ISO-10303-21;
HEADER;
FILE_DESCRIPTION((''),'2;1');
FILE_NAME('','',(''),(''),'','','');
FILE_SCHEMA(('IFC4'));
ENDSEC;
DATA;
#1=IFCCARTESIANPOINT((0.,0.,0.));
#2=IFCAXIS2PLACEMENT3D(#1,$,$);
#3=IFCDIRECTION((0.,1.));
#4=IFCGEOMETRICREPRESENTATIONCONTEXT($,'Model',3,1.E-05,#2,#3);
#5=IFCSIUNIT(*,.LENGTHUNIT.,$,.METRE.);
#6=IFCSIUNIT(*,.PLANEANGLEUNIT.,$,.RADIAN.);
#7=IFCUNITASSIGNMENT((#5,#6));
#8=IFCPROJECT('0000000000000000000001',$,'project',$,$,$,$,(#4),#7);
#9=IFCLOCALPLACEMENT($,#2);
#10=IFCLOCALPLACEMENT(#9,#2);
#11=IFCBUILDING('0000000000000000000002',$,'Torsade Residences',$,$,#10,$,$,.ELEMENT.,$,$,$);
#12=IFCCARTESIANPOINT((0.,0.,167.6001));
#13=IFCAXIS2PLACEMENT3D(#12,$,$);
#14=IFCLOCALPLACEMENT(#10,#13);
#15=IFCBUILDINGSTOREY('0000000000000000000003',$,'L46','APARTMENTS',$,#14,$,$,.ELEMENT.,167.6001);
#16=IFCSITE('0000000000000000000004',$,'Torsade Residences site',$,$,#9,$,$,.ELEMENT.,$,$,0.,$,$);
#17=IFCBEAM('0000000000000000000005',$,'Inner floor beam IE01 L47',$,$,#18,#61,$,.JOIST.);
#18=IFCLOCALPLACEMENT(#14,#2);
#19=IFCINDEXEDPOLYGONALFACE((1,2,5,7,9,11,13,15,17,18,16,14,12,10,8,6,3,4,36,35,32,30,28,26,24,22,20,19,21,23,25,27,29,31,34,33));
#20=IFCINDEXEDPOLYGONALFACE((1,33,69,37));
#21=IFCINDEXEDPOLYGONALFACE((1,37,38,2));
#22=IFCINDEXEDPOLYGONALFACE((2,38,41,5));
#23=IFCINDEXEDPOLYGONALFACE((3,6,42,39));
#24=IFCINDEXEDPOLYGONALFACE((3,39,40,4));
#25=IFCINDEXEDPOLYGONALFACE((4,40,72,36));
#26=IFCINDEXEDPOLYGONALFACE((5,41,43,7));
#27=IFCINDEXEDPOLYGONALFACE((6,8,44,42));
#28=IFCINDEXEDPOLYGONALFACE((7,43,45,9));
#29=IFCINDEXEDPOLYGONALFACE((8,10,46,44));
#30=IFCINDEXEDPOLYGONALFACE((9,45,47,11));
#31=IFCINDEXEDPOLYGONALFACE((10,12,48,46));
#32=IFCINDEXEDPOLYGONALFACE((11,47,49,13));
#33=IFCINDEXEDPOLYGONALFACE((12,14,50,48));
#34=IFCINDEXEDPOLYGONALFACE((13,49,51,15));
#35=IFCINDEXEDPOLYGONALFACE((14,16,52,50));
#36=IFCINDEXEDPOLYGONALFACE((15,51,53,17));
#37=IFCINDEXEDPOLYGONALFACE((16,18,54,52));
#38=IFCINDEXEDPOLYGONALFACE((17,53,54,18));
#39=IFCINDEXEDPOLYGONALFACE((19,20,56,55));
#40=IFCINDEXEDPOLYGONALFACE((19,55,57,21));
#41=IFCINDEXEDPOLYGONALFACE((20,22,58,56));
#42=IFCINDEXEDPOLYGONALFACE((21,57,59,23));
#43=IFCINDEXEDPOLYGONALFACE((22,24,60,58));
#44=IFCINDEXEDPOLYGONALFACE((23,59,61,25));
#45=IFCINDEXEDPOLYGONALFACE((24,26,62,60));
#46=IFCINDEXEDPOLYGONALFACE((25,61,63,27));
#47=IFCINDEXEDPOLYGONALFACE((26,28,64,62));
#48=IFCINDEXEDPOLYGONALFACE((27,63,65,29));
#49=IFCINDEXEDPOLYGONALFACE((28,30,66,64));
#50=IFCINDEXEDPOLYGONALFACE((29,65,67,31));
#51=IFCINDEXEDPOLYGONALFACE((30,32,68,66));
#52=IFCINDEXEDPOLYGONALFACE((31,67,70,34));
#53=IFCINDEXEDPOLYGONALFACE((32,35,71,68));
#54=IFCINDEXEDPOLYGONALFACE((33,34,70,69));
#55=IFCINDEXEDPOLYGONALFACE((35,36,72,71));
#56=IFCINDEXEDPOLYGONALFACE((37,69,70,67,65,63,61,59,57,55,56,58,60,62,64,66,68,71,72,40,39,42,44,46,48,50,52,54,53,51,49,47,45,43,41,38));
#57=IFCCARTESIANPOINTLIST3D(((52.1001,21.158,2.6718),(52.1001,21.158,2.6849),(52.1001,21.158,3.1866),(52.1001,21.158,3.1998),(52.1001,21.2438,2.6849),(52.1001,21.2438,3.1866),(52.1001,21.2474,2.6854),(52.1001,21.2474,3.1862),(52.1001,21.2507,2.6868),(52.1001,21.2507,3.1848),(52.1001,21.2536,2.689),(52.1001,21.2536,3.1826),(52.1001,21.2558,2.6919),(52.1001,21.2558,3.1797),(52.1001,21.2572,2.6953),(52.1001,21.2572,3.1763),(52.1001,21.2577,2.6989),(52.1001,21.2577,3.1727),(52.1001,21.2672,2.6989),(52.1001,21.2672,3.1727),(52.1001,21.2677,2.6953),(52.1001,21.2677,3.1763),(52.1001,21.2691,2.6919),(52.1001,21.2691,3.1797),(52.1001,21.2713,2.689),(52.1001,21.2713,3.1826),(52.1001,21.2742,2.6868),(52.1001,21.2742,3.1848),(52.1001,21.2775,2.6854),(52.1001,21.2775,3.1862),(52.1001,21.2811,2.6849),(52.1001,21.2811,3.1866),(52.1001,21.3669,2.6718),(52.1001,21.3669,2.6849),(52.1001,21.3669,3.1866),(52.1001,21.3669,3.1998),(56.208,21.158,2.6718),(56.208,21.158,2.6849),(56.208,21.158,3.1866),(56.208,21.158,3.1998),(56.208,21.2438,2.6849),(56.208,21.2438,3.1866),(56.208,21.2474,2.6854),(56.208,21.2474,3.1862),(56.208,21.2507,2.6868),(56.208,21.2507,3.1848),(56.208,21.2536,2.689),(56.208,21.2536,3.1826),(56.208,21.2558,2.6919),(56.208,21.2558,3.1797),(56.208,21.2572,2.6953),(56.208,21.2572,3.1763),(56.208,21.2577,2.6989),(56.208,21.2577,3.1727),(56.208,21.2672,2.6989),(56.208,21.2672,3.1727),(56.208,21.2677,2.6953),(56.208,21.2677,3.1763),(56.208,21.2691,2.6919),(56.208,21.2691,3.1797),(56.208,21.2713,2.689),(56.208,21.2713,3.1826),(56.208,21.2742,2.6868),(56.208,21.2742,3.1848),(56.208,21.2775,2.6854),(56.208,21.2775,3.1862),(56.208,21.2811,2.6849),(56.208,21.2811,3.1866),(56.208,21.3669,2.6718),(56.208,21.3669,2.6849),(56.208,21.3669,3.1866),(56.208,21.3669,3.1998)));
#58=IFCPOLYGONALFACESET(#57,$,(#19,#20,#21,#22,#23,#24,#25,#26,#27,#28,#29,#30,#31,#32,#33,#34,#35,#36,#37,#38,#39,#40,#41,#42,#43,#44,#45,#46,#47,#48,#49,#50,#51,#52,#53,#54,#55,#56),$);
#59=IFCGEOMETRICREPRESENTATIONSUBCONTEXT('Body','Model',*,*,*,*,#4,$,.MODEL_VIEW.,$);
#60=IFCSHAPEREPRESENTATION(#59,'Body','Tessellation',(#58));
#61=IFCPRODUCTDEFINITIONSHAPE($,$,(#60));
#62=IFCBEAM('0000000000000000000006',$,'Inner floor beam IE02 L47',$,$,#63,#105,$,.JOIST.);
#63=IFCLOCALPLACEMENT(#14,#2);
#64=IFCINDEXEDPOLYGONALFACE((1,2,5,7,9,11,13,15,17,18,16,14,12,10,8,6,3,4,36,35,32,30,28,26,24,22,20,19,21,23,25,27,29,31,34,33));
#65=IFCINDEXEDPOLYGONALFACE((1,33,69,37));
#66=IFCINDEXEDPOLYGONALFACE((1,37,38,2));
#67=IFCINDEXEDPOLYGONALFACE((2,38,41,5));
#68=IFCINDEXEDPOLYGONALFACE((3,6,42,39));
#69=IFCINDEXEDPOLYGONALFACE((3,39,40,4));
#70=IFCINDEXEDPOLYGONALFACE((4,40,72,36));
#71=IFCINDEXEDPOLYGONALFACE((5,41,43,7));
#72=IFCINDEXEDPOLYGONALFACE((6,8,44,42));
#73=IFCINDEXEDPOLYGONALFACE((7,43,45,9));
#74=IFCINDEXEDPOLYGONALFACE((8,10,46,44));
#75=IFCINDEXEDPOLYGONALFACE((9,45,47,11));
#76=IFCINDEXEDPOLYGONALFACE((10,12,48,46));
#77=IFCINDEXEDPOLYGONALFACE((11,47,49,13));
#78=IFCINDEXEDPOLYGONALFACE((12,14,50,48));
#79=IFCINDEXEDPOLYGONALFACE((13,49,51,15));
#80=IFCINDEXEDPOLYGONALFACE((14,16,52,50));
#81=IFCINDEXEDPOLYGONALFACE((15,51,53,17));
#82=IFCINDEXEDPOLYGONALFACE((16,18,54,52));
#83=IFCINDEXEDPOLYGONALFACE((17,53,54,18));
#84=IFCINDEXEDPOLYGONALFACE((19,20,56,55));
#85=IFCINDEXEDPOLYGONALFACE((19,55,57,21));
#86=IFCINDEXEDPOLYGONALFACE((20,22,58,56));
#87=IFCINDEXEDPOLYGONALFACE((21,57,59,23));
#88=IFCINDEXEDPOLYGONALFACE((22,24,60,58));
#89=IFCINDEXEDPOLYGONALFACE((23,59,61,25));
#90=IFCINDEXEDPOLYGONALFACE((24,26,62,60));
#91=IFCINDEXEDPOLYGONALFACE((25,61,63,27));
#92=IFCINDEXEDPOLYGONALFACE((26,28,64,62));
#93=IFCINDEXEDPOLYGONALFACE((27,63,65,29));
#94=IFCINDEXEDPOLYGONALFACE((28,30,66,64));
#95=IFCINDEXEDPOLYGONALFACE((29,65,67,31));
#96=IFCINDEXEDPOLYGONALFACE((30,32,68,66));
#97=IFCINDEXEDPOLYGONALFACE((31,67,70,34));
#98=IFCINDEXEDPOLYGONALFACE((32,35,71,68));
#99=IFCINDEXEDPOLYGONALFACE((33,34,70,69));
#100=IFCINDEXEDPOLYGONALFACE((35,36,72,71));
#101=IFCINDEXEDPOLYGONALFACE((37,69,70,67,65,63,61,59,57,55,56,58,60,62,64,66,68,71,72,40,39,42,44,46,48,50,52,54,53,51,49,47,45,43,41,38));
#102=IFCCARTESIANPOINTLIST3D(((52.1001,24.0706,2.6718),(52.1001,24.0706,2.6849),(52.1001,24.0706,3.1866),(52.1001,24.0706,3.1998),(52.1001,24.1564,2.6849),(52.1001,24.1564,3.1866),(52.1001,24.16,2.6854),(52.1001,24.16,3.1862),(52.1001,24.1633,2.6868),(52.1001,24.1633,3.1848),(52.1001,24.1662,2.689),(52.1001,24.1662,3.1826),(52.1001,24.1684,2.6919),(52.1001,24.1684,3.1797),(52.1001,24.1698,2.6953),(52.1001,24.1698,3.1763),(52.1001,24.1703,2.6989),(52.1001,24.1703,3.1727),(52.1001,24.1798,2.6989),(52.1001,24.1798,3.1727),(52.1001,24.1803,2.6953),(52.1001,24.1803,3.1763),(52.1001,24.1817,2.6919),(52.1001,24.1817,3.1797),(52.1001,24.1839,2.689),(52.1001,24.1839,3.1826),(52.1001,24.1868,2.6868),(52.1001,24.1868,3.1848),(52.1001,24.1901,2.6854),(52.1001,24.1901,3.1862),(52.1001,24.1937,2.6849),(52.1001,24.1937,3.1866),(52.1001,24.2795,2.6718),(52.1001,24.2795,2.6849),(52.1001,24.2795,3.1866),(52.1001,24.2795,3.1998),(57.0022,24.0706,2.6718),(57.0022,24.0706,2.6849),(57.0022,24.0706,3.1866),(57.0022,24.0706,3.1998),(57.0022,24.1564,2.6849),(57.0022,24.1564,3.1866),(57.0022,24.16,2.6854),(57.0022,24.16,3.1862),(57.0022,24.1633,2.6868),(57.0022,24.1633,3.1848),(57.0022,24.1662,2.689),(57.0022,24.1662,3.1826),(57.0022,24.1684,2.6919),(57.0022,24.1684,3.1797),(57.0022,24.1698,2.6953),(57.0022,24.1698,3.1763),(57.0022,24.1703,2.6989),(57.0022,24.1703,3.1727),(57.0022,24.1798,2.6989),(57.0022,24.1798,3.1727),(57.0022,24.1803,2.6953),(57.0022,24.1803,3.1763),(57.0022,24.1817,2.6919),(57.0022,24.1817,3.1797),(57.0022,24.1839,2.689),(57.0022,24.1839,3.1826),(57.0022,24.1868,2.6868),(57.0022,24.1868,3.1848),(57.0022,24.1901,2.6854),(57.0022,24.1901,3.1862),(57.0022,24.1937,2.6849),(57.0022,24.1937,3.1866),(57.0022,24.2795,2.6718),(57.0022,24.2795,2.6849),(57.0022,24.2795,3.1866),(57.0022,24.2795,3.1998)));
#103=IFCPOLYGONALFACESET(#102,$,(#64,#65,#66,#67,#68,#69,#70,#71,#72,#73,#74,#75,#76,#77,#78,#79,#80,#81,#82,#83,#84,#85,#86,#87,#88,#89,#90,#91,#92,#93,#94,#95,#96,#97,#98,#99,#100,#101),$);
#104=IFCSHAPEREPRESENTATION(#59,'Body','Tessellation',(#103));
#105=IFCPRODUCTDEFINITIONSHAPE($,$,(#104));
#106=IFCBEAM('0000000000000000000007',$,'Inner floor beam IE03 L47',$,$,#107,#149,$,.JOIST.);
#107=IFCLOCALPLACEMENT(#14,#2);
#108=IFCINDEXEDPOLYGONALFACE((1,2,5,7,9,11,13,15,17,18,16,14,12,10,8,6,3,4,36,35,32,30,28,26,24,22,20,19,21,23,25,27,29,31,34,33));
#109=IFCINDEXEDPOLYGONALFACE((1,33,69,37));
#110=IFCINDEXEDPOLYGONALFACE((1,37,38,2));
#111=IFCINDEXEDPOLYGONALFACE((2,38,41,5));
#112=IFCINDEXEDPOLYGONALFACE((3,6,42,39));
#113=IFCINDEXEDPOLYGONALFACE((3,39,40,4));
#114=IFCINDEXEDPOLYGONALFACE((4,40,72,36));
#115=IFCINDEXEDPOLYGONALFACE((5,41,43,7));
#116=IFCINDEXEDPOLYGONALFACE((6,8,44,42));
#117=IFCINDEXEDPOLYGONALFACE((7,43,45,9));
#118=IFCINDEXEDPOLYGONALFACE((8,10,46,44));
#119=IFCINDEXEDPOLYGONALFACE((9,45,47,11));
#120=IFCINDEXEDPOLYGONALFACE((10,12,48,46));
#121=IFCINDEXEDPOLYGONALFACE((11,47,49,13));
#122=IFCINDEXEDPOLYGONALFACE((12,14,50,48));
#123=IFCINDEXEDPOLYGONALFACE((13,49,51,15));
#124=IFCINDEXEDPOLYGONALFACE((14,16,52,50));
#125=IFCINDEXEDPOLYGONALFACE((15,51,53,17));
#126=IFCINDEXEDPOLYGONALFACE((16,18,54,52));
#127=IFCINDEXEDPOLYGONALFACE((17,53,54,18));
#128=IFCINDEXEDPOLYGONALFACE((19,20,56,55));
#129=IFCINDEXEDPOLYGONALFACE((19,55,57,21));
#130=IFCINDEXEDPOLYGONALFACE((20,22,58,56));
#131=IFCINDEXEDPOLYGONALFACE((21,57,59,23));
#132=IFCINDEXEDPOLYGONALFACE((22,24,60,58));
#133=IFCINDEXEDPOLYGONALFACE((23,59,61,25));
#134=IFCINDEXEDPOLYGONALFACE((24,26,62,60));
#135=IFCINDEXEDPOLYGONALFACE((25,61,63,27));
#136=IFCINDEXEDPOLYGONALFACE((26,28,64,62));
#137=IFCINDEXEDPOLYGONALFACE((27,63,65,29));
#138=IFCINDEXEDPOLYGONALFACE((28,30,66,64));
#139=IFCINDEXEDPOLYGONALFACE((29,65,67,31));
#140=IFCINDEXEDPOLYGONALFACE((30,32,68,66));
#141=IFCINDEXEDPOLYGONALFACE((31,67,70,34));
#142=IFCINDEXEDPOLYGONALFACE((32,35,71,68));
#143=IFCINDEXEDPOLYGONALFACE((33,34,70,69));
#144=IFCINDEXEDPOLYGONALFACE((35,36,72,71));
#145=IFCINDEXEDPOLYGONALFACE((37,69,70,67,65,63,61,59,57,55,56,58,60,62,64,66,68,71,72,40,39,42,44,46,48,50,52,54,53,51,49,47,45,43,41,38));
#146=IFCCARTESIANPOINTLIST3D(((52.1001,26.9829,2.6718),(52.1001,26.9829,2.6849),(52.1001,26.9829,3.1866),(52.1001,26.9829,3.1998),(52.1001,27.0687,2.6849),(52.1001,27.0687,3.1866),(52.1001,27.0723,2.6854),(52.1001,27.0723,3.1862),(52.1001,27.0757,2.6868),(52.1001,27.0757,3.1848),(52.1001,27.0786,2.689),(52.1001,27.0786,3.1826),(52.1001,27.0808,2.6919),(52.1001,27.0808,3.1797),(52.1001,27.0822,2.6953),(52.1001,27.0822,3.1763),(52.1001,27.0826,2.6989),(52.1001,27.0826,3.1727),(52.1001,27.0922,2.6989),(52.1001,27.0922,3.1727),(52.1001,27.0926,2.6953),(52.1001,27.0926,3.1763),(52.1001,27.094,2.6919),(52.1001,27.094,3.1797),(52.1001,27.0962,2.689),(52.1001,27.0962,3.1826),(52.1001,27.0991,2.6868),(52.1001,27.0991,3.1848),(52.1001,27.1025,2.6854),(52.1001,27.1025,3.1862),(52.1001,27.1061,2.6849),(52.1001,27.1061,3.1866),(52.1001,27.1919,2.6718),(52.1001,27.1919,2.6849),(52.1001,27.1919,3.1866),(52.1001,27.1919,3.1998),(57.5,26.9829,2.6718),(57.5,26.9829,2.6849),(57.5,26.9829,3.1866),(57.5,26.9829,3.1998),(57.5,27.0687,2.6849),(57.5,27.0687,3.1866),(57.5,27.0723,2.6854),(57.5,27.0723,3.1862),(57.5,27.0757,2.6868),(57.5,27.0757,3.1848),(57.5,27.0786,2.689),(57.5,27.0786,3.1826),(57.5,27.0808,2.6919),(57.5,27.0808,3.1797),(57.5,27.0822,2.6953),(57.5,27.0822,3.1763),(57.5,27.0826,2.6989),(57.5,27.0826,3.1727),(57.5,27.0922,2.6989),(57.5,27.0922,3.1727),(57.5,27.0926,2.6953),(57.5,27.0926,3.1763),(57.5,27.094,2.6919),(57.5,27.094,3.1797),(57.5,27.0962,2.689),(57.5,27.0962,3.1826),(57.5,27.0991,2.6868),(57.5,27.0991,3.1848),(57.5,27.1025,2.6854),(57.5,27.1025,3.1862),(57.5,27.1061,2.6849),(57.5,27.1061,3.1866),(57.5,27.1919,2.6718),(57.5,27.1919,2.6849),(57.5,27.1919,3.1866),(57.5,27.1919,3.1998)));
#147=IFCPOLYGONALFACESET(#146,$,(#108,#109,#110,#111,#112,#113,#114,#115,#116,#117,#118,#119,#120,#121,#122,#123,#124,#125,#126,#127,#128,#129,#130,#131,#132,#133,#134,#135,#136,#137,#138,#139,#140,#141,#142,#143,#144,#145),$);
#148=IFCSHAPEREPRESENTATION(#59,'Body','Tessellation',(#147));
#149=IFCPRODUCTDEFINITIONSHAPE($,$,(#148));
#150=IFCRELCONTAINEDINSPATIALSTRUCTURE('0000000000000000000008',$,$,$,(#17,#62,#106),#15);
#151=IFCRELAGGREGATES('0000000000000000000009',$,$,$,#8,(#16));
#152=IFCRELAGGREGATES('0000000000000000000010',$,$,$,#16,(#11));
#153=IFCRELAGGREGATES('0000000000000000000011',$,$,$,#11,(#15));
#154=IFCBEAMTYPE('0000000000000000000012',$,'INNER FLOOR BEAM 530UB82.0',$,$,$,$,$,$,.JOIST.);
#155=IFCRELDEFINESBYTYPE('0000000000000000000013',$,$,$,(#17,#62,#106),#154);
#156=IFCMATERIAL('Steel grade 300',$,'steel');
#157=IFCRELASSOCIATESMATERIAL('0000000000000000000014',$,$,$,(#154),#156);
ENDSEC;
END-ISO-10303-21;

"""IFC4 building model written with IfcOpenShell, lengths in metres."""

from ifc_helpers import new_model, si_unit, direction, frame, origin, origin_2d, place, context, subcontext, project, spatial, i_section, extrude, material, material_profile, profile_set, type_object, element, save


model = new_model("IFC4")

# Units and contexts
model_context = context("Model", 3, precision=1e-05, world=origin(), true_north=direction((0.0, 1.0)))
body_context = subcontext(model_context, "Body", "Model", "MODEL_VIEW")
ifc_project = project(units=[si_unit("LENGTHUNIT", "METRE"), si_unit("PLANEANGLEUNIT", "RADIAN")], contexts=[model_context])

# Site, building, storey
site_placement = place(None, origin())
site = spatial("IfcSite", under=ifc_project, at=site_placement, Name="Torsade Residences site", CompositionType="ELEMENT", RefElevation=0.0)
building_placement = place(site_placement, origin())
building = spatial("IfcBuilding", under=site, at=building_placement, Name="Torsade Residences", CompositionType="ELEMENT")
storey_placement = place(building_placement, frame((0.0, 0.0, 167.6001)))
storey = spatial("IfcBuildingStorey", under=building, at=storey_placement, Name="L46", Description="APARTMENTS", CompositionType="ELEMENT", Elevation=167.6001)

# Beams
ifc_material_1 = material(Name="Steel grade 300", Category="steel")
ifc_material_profile = material_profile(ifc_material_1, i_section(OverallWidth=0.209, OverallDepth=0.5281, WebThickness=0.0095, FlangeThickness=0.0132, FilletRadius=0.0139, at=origin_2d()), Name="530UB82.0")
ifc_profile_set = profile_set([ifc_material_profile], Name="Steel grade 300")
beam_type = type_object("IfcBeamType", Name="INNER FLOOR BEAM 530UB82.0", PredefinedType="JOIST", material=ifc_profile_set)
beam_1_placement = place(storey_placement, frame((52.1001, 21.2625, 2.9358), z_axis=(1.0, 0.0, 0.0), x_axis=(0.0, 1.0, 0.0)))
element("IfcBeam", 1, at=beam_1_placement, inside=storey, type_object=beam_type, Name="Inner floor beam IE01 L47", PredefinedType="JOIST", context=body_context, shape_type="SweptSolid", body=[
    extrude(i_section(OverallWidth=0.209, OverallDepth=0.5281, WebThickness=0.0095, FlangeThickness=0.0132, FilletRadius=0.0139, at=origin_2d()), origin(), (0.0, 0.0, 1.0), 4.1079),
])
beam_2_placement = place(storey_placement, frame((52.1001, 24.175, 2.9358), z_axis=(1.0, 0.0, 0.0), x_axis=(0.0, 1.0, 0.0)))
element("IfcBeam", 2, at=beam_2_placement, inside=storey, type_object=beam_type, Name="Inner floor beam IE02 L47", PredefinedType="JOIST", context=body_context, shape_type="SweptSolid", body=[
    extrude(i_section(OverallWidth=0.209, OverallDepth=0.5281, WebThickness=0.0095, FlangeThickness=0.0132, FilletRadius=0.0139, at=origin_2d()), origin(), (0.0, 0.0, 1.0), 4.9021),
])
beam_3_placement = place(storey_placement, frame((52.1001, 27.0874, 2.9358), z_axis=(1.0, 0.0, 0.0), x_axis=(0.0, 1.0, 0.0)))
element("IfcBeam", 3, at=beam_3_placement, inside=storey, type_object=beam_type, Name="Inner floor beam IE03 L47", PredefinedType="JOIST", context=body_context, shape_type="SweptSolid", body=[
    extrude(i_section(OverallWidth=0.209, OverallDepth=0.5281, WebThickness=0.0095, FlangeThickness=0.0132, FilletRadius=0.0139, at=origin_2d()), origin(), (0.0, 0.0, 1.0), 5.3999),
])

save(model, "model.ifc")
